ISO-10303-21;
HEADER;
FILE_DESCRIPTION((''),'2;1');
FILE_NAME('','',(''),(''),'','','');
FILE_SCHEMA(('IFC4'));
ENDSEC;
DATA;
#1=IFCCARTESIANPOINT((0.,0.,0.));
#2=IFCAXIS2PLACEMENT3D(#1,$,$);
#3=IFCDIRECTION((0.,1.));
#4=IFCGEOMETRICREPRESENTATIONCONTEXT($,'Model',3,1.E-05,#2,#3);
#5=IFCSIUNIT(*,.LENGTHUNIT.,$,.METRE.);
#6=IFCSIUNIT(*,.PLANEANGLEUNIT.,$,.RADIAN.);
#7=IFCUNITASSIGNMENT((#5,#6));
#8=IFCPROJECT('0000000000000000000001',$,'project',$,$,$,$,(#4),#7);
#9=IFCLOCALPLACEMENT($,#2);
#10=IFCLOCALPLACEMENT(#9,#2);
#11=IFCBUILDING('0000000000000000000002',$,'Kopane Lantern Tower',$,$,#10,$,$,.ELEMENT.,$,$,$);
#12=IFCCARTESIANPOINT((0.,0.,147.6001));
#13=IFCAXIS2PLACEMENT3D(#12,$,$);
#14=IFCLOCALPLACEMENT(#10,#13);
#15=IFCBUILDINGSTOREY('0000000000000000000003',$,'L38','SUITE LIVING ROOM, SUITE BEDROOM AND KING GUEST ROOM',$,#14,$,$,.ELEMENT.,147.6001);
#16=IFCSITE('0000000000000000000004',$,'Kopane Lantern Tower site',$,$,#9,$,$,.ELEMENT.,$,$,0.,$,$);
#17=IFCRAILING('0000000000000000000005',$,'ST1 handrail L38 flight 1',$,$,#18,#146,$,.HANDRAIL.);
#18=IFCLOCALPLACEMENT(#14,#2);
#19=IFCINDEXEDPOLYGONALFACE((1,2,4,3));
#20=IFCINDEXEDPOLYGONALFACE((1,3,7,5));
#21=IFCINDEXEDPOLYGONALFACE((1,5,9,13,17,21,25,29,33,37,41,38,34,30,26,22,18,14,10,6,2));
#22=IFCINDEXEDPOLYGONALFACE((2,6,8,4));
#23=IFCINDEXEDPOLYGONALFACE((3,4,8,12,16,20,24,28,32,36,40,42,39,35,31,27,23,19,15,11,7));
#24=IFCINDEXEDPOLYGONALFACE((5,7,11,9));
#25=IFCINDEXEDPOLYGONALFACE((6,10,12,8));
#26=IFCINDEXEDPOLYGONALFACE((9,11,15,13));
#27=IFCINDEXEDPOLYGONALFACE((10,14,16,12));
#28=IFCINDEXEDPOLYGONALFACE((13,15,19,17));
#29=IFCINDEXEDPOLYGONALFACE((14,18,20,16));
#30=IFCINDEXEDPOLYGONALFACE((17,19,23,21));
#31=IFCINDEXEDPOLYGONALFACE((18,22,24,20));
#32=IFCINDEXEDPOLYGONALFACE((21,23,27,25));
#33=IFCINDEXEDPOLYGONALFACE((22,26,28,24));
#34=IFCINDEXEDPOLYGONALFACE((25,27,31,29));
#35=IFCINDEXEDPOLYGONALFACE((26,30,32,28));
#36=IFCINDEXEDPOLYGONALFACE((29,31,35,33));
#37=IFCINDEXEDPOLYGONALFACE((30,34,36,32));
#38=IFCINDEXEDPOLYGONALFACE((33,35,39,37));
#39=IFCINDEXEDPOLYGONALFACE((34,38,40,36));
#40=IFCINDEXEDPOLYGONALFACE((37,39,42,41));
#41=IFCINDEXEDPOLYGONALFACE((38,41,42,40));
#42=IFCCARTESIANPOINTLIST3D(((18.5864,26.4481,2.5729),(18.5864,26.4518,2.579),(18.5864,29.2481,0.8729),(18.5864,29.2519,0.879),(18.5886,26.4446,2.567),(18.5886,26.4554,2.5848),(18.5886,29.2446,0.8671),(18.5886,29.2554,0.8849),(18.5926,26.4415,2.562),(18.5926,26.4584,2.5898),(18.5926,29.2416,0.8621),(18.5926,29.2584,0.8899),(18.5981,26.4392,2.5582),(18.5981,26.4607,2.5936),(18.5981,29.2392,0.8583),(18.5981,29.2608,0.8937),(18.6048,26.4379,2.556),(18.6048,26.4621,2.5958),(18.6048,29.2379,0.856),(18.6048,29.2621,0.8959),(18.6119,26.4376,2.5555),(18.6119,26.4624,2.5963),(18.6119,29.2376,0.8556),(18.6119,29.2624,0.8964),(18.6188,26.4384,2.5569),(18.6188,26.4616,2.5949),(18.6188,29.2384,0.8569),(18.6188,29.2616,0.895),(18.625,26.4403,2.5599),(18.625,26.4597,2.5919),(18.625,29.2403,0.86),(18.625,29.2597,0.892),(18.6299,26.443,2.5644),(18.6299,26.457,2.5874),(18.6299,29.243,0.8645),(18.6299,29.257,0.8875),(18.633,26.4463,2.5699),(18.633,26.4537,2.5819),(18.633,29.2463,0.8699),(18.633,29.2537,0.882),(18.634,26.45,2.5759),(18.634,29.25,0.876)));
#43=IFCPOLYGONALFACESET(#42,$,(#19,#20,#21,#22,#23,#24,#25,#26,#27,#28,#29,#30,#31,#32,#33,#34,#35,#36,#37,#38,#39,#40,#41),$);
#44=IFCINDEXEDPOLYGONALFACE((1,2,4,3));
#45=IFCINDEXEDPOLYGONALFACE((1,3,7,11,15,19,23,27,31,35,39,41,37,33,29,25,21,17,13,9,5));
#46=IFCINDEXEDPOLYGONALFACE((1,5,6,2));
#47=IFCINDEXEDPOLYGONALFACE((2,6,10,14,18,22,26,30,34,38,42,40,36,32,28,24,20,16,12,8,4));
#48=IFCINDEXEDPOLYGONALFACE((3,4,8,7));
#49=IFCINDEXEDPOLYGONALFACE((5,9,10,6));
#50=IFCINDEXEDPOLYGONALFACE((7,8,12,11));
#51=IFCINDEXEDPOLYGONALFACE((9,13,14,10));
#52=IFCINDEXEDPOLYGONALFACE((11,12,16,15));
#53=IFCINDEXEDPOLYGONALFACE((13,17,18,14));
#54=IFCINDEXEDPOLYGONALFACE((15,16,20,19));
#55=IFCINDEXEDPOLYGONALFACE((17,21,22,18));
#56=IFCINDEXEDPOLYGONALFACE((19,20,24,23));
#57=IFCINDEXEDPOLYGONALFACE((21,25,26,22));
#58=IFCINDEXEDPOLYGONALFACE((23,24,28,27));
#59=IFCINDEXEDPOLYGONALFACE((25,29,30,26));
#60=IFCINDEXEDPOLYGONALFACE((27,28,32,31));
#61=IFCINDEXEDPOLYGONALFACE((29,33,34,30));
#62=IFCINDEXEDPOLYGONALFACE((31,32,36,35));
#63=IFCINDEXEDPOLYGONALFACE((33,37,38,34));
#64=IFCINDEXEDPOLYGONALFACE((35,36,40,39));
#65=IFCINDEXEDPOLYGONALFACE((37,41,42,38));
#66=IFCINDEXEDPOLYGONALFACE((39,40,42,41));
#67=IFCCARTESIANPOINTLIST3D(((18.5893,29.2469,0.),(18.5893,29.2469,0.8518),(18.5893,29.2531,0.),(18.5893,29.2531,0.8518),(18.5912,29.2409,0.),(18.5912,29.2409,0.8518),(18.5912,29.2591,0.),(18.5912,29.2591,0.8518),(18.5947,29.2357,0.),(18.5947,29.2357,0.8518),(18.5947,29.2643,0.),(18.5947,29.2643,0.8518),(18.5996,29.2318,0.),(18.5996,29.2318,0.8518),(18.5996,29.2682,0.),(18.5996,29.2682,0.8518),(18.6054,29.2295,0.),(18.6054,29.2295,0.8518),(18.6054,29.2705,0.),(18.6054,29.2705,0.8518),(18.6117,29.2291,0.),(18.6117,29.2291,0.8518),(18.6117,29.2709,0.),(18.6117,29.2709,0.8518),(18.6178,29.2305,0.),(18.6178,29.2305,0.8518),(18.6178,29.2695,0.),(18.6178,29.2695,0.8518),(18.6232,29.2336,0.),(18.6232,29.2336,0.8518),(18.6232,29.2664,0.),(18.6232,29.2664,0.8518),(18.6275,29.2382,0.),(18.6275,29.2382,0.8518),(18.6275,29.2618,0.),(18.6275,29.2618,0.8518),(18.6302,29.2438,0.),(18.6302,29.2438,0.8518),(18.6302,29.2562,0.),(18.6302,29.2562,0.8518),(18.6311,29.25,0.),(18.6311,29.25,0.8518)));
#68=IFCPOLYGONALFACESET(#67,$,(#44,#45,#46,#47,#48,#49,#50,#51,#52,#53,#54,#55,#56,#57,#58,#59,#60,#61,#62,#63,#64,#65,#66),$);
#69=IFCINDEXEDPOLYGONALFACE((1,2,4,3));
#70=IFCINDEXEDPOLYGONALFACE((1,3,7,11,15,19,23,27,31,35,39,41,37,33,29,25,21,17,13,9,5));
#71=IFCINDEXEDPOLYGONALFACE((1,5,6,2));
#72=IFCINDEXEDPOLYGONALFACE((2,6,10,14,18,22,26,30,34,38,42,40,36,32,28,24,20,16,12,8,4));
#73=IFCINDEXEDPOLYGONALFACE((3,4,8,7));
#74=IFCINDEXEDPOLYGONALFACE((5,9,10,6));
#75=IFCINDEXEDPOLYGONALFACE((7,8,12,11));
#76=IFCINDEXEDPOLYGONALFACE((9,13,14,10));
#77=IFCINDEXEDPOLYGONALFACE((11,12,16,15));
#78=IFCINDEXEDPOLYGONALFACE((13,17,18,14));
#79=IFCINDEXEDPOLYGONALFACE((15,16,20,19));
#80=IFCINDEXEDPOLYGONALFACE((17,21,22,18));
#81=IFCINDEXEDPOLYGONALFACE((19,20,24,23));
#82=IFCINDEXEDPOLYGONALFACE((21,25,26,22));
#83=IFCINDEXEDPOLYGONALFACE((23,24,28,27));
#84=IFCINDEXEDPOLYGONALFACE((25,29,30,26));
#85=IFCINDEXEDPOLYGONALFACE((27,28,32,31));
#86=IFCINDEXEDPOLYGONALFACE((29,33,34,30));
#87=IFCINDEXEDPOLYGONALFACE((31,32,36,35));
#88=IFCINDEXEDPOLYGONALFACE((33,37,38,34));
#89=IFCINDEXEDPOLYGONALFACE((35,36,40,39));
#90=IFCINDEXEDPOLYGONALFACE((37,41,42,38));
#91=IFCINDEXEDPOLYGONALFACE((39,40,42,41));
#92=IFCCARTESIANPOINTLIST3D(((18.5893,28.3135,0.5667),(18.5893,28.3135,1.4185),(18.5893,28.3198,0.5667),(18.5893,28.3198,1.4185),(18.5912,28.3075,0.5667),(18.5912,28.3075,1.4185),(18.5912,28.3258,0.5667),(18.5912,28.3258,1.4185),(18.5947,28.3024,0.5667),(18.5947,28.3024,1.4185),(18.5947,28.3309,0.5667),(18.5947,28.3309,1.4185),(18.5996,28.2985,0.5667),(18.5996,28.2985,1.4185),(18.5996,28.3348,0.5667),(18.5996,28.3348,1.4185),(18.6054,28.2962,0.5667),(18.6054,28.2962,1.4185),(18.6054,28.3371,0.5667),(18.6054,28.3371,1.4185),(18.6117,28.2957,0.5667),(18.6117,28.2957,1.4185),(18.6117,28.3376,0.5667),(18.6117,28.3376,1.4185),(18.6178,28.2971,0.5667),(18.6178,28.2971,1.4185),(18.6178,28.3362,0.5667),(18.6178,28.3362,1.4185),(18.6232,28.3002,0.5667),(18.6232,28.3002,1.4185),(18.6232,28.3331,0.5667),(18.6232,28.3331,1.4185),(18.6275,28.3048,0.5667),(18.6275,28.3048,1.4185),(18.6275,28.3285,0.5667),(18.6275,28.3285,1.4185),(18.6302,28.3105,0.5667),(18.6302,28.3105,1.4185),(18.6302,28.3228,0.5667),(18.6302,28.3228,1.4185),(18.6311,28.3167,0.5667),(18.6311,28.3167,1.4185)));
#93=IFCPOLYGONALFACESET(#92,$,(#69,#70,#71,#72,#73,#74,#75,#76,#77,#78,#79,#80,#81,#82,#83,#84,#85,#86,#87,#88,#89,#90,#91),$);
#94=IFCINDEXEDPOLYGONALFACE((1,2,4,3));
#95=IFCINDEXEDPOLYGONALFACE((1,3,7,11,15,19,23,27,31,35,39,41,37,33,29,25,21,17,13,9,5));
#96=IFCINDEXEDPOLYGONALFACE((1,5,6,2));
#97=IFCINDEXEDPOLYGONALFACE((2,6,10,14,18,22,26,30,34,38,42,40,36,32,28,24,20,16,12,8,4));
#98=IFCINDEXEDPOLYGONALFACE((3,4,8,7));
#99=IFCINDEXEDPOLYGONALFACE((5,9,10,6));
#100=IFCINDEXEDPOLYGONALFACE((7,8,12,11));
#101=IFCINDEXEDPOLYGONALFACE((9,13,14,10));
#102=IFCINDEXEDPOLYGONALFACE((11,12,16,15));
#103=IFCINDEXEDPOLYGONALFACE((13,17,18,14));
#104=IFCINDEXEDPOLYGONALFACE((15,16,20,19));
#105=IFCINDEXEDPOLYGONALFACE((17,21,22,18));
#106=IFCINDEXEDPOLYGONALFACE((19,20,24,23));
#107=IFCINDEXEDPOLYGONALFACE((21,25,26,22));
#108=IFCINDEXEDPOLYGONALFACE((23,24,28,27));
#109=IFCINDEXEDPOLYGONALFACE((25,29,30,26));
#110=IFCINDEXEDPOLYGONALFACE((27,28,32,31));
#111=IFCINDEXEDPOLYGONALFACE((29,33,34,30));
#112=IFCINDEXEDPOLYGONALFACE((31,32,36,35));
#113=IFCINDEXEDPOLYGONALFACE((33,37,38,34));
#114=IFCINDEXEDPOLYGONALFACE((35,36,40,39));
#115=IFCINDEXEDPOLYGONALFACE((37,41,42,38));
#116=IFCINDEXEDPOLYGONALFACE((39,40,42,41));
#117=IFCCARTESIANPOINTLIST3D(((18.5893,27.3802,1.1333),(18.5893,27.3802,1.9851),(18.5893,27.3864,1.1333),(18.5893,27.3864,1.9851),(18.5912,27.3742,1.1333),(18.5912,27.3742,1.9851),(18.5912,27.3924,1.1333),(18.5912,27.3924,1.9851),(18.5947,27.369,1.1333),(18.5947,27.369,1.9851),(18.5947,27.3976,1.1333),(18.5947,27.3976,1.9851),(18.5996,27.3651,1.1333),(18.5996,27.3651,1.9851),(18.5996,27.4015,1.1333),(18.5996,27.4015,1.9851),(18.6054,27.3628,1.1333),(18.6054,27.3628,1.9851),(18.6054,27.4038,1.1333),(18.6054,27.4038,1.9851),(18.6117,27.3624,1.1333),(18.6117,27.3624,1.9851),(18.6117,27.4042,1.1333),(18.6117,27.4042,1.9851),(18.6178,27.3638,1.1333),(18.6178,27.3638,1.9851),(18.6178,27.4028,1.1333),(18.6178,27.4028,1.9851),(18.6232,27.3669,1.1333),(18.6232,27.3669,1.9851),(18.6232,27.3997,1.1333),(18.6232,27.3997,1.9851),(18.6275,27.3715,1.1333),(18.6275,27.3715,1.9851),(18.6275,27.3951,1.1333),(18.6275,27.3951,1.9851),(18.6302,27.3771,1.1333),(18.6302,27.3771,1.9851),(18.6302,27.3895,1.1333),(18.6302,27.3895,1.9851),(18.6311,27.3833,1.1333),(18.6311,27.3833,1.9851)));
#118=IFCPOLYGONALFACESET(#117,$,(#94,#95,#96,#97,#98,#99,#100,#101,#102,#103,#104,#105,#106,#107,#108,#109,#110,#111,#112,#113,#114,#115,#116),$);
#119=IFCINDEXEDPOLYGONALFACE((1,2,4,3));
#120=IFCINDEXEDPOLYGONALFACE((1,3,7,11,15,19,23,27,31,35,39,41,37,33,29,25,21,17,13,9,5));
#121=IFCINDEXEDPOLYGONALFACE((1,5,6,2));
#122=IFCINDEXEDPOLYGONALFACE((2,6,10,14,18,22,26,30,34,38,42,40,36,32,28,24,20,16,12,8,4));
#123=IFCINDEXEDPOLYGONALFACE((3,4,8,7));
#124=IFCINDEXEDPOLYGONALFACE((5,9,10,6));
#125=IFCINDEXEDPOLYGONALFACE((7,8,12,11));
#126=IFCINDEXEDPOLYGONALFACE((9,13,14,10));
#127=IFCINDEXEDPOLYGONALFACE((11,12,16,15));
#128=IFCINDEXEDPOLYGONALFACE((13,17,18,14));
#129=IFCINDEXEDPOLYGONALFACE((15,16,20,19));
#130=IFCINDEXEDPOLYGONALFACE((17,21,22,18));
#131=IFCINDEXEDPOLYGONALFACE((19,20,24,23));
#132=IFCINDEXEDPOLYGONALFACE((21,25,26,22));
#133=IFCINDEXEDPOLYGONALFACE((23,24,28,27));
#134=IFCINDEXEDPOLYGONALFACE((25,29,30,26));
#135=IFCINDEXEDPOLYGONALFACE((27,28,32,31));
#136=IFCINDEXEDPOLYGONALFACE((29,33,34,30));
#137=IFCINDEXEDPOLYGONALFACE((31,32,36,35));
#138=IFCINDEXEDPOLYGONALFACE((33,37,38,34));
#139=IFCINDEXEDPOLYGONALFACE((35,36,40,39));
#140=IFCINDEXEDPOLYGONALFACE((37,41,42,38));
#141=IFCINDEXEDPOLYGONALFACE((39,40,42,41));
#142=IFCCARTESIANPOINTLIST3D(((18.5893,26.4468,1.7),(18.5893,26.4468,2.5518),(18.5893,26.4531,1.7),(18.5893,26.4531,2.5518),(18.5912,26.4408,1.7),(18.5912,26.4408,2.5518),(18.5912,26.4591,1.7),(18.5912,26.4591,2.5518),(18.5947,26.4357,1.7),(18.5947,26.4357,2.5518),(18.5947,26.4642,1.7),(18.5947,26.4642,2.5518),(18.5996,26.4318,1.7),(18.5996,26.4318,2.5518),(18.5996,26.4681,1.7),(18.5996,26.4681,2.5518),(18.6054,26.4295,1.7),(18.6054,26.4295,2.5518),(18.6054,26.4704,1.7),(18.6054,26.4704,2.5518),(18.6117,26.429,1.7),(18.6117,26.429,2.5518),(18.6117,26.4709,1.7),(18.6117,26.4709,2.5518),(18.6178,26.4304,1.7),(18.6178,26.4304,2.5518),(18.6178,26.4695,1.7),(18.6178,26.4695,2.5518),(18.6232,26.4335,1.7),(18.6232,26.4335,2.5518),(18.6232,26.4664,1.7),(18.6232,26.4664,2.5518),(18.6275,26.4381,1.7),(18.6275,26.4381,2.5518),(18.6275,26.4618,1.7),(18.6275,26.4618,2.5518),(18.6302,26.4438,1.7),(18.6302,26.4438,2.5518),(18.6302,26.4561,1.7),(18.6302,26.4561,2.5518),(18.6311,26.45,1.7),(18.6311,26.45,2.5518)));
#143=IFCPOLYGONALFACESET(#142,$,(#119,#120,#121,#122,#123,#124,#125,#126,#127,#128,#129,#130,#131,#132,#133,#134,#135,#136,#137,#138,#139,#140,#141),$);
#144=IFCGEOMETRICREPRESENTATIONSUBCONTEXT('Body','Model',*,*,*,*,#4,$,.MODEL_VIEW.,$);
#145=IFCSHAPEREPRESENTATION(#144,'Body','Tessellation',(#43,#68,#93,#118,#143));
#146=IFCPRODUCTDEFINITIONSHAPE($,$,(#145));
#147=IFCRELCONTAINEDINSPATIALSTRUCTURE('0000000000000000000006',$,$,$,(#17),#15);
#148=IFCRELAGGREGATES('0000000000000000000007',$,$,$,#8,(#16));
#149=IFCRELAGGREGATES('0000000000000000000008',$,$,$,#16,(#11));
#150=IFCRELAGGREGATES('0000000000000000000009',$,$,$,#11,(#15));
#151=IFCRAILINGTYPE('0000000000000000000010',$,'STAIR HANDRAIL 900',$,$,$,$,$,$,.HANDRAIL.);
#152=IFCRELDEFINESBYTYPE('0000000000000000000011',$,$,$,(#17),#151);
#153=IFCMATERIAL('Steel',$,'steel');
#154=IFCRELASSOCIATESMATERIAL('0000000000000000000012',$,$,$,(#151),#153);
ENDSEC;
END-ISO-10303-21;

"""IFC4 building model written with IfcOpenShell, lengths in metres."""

from ifc_helpers import new_model, si_unit, direction, frame, origin, origin_2d, place, context, subcontext, project, spatial, circle, extrude, material, type_object, element, save


model = new_model("IFC4")

# Units and contexts
model_context = context("Model", 3, precision=1e-05, world=origin(), true_north=direction((0.0, 1.0)))
body_context = subcontext(model_context, "Body", "Model", "MODEL_VIEW")
ifc_project = project(units=[si_unit("LENGTHUNIT", "METRE"), si_unit("PLANEANGLEUNIT", "RADIAN")], contexts=[model_context])

# Site, building, storey
site_placement = place(None, origin())
site = spatial("IfcSite", under=ifc_project, at=site_placement, Name="Kopane Lantern Tower site", CompositionType="ELEMENT", RefElevation=0.0)
building_placement = place(site_placement, origin())
building = spatial("IfcBuilding", under=site, at=building_placement, Name="Kopane Lantern Tower", CompositionType="ELEMENT")
storey_placement = place(building_placement, frame((0.0, 0.0, 147.6001)))
storey = spatial("IfcBuildingStorey", under=building, at=storey_placement, Name="L38", Description="SUITE LIVING ROOM, SUITE BEDROOM AND KING GUEST ROOM", CompositionType="ELEMENT", Elevation=147.6001)

# Railing
ifc_material_1 = material(Name="Steel", Category="steel")
railing_type_1 = type_object("IfcRailingType", Name="STAIR HANDRAIL 900", PredefinedType="HANDRAIL", material=ifc_material_1)
for number, where, name in (
    (1, (18.6101, 29.25, 0.0), "ST1 handrail L38 flight 1"),
):
    element("IfcRailing", number, at=place(storey_placement, frame(where)), inside=storey, type_object=railing_type_1, Name=name, PredefinedType="HANDRAIL", context=body_context, shape_type="SweptSolid", body=[
        extrude(circle(Radius=0.0239, at=origin_2d()), frame((0.0, 0.0, 0.876), z_axis=(0.0, -0.854798, 0.518961), x_axis=(1.0, 0.0, 0.0)), (0.0, 0.0, 1.0), 3.2756),
        extrude(circle(Radius=0.021, at=origin_2d()), origin(), (0.0, 0.0, 1.0), 0.8518),
        extrude(circle(Radius=0.021, at=origin_2d()), frame((0.0, -0.9333, 0.5667)), (0.0, 0.0, 1.0), 0.8518),
        extrude(circle(Radius=0.021, at=origin_2d()), frame((0.0, -1.8667, 1.1333)), (0.0, 0.0, 1.0), 0.8518),
        extrude(circle(Radius=0.021, at=origin_2d()), frame((0.0, -2.8, 1.7)), (0.0, 0.0, 1.0), 0.8518),
    ])

save(model, "model.ifc")
